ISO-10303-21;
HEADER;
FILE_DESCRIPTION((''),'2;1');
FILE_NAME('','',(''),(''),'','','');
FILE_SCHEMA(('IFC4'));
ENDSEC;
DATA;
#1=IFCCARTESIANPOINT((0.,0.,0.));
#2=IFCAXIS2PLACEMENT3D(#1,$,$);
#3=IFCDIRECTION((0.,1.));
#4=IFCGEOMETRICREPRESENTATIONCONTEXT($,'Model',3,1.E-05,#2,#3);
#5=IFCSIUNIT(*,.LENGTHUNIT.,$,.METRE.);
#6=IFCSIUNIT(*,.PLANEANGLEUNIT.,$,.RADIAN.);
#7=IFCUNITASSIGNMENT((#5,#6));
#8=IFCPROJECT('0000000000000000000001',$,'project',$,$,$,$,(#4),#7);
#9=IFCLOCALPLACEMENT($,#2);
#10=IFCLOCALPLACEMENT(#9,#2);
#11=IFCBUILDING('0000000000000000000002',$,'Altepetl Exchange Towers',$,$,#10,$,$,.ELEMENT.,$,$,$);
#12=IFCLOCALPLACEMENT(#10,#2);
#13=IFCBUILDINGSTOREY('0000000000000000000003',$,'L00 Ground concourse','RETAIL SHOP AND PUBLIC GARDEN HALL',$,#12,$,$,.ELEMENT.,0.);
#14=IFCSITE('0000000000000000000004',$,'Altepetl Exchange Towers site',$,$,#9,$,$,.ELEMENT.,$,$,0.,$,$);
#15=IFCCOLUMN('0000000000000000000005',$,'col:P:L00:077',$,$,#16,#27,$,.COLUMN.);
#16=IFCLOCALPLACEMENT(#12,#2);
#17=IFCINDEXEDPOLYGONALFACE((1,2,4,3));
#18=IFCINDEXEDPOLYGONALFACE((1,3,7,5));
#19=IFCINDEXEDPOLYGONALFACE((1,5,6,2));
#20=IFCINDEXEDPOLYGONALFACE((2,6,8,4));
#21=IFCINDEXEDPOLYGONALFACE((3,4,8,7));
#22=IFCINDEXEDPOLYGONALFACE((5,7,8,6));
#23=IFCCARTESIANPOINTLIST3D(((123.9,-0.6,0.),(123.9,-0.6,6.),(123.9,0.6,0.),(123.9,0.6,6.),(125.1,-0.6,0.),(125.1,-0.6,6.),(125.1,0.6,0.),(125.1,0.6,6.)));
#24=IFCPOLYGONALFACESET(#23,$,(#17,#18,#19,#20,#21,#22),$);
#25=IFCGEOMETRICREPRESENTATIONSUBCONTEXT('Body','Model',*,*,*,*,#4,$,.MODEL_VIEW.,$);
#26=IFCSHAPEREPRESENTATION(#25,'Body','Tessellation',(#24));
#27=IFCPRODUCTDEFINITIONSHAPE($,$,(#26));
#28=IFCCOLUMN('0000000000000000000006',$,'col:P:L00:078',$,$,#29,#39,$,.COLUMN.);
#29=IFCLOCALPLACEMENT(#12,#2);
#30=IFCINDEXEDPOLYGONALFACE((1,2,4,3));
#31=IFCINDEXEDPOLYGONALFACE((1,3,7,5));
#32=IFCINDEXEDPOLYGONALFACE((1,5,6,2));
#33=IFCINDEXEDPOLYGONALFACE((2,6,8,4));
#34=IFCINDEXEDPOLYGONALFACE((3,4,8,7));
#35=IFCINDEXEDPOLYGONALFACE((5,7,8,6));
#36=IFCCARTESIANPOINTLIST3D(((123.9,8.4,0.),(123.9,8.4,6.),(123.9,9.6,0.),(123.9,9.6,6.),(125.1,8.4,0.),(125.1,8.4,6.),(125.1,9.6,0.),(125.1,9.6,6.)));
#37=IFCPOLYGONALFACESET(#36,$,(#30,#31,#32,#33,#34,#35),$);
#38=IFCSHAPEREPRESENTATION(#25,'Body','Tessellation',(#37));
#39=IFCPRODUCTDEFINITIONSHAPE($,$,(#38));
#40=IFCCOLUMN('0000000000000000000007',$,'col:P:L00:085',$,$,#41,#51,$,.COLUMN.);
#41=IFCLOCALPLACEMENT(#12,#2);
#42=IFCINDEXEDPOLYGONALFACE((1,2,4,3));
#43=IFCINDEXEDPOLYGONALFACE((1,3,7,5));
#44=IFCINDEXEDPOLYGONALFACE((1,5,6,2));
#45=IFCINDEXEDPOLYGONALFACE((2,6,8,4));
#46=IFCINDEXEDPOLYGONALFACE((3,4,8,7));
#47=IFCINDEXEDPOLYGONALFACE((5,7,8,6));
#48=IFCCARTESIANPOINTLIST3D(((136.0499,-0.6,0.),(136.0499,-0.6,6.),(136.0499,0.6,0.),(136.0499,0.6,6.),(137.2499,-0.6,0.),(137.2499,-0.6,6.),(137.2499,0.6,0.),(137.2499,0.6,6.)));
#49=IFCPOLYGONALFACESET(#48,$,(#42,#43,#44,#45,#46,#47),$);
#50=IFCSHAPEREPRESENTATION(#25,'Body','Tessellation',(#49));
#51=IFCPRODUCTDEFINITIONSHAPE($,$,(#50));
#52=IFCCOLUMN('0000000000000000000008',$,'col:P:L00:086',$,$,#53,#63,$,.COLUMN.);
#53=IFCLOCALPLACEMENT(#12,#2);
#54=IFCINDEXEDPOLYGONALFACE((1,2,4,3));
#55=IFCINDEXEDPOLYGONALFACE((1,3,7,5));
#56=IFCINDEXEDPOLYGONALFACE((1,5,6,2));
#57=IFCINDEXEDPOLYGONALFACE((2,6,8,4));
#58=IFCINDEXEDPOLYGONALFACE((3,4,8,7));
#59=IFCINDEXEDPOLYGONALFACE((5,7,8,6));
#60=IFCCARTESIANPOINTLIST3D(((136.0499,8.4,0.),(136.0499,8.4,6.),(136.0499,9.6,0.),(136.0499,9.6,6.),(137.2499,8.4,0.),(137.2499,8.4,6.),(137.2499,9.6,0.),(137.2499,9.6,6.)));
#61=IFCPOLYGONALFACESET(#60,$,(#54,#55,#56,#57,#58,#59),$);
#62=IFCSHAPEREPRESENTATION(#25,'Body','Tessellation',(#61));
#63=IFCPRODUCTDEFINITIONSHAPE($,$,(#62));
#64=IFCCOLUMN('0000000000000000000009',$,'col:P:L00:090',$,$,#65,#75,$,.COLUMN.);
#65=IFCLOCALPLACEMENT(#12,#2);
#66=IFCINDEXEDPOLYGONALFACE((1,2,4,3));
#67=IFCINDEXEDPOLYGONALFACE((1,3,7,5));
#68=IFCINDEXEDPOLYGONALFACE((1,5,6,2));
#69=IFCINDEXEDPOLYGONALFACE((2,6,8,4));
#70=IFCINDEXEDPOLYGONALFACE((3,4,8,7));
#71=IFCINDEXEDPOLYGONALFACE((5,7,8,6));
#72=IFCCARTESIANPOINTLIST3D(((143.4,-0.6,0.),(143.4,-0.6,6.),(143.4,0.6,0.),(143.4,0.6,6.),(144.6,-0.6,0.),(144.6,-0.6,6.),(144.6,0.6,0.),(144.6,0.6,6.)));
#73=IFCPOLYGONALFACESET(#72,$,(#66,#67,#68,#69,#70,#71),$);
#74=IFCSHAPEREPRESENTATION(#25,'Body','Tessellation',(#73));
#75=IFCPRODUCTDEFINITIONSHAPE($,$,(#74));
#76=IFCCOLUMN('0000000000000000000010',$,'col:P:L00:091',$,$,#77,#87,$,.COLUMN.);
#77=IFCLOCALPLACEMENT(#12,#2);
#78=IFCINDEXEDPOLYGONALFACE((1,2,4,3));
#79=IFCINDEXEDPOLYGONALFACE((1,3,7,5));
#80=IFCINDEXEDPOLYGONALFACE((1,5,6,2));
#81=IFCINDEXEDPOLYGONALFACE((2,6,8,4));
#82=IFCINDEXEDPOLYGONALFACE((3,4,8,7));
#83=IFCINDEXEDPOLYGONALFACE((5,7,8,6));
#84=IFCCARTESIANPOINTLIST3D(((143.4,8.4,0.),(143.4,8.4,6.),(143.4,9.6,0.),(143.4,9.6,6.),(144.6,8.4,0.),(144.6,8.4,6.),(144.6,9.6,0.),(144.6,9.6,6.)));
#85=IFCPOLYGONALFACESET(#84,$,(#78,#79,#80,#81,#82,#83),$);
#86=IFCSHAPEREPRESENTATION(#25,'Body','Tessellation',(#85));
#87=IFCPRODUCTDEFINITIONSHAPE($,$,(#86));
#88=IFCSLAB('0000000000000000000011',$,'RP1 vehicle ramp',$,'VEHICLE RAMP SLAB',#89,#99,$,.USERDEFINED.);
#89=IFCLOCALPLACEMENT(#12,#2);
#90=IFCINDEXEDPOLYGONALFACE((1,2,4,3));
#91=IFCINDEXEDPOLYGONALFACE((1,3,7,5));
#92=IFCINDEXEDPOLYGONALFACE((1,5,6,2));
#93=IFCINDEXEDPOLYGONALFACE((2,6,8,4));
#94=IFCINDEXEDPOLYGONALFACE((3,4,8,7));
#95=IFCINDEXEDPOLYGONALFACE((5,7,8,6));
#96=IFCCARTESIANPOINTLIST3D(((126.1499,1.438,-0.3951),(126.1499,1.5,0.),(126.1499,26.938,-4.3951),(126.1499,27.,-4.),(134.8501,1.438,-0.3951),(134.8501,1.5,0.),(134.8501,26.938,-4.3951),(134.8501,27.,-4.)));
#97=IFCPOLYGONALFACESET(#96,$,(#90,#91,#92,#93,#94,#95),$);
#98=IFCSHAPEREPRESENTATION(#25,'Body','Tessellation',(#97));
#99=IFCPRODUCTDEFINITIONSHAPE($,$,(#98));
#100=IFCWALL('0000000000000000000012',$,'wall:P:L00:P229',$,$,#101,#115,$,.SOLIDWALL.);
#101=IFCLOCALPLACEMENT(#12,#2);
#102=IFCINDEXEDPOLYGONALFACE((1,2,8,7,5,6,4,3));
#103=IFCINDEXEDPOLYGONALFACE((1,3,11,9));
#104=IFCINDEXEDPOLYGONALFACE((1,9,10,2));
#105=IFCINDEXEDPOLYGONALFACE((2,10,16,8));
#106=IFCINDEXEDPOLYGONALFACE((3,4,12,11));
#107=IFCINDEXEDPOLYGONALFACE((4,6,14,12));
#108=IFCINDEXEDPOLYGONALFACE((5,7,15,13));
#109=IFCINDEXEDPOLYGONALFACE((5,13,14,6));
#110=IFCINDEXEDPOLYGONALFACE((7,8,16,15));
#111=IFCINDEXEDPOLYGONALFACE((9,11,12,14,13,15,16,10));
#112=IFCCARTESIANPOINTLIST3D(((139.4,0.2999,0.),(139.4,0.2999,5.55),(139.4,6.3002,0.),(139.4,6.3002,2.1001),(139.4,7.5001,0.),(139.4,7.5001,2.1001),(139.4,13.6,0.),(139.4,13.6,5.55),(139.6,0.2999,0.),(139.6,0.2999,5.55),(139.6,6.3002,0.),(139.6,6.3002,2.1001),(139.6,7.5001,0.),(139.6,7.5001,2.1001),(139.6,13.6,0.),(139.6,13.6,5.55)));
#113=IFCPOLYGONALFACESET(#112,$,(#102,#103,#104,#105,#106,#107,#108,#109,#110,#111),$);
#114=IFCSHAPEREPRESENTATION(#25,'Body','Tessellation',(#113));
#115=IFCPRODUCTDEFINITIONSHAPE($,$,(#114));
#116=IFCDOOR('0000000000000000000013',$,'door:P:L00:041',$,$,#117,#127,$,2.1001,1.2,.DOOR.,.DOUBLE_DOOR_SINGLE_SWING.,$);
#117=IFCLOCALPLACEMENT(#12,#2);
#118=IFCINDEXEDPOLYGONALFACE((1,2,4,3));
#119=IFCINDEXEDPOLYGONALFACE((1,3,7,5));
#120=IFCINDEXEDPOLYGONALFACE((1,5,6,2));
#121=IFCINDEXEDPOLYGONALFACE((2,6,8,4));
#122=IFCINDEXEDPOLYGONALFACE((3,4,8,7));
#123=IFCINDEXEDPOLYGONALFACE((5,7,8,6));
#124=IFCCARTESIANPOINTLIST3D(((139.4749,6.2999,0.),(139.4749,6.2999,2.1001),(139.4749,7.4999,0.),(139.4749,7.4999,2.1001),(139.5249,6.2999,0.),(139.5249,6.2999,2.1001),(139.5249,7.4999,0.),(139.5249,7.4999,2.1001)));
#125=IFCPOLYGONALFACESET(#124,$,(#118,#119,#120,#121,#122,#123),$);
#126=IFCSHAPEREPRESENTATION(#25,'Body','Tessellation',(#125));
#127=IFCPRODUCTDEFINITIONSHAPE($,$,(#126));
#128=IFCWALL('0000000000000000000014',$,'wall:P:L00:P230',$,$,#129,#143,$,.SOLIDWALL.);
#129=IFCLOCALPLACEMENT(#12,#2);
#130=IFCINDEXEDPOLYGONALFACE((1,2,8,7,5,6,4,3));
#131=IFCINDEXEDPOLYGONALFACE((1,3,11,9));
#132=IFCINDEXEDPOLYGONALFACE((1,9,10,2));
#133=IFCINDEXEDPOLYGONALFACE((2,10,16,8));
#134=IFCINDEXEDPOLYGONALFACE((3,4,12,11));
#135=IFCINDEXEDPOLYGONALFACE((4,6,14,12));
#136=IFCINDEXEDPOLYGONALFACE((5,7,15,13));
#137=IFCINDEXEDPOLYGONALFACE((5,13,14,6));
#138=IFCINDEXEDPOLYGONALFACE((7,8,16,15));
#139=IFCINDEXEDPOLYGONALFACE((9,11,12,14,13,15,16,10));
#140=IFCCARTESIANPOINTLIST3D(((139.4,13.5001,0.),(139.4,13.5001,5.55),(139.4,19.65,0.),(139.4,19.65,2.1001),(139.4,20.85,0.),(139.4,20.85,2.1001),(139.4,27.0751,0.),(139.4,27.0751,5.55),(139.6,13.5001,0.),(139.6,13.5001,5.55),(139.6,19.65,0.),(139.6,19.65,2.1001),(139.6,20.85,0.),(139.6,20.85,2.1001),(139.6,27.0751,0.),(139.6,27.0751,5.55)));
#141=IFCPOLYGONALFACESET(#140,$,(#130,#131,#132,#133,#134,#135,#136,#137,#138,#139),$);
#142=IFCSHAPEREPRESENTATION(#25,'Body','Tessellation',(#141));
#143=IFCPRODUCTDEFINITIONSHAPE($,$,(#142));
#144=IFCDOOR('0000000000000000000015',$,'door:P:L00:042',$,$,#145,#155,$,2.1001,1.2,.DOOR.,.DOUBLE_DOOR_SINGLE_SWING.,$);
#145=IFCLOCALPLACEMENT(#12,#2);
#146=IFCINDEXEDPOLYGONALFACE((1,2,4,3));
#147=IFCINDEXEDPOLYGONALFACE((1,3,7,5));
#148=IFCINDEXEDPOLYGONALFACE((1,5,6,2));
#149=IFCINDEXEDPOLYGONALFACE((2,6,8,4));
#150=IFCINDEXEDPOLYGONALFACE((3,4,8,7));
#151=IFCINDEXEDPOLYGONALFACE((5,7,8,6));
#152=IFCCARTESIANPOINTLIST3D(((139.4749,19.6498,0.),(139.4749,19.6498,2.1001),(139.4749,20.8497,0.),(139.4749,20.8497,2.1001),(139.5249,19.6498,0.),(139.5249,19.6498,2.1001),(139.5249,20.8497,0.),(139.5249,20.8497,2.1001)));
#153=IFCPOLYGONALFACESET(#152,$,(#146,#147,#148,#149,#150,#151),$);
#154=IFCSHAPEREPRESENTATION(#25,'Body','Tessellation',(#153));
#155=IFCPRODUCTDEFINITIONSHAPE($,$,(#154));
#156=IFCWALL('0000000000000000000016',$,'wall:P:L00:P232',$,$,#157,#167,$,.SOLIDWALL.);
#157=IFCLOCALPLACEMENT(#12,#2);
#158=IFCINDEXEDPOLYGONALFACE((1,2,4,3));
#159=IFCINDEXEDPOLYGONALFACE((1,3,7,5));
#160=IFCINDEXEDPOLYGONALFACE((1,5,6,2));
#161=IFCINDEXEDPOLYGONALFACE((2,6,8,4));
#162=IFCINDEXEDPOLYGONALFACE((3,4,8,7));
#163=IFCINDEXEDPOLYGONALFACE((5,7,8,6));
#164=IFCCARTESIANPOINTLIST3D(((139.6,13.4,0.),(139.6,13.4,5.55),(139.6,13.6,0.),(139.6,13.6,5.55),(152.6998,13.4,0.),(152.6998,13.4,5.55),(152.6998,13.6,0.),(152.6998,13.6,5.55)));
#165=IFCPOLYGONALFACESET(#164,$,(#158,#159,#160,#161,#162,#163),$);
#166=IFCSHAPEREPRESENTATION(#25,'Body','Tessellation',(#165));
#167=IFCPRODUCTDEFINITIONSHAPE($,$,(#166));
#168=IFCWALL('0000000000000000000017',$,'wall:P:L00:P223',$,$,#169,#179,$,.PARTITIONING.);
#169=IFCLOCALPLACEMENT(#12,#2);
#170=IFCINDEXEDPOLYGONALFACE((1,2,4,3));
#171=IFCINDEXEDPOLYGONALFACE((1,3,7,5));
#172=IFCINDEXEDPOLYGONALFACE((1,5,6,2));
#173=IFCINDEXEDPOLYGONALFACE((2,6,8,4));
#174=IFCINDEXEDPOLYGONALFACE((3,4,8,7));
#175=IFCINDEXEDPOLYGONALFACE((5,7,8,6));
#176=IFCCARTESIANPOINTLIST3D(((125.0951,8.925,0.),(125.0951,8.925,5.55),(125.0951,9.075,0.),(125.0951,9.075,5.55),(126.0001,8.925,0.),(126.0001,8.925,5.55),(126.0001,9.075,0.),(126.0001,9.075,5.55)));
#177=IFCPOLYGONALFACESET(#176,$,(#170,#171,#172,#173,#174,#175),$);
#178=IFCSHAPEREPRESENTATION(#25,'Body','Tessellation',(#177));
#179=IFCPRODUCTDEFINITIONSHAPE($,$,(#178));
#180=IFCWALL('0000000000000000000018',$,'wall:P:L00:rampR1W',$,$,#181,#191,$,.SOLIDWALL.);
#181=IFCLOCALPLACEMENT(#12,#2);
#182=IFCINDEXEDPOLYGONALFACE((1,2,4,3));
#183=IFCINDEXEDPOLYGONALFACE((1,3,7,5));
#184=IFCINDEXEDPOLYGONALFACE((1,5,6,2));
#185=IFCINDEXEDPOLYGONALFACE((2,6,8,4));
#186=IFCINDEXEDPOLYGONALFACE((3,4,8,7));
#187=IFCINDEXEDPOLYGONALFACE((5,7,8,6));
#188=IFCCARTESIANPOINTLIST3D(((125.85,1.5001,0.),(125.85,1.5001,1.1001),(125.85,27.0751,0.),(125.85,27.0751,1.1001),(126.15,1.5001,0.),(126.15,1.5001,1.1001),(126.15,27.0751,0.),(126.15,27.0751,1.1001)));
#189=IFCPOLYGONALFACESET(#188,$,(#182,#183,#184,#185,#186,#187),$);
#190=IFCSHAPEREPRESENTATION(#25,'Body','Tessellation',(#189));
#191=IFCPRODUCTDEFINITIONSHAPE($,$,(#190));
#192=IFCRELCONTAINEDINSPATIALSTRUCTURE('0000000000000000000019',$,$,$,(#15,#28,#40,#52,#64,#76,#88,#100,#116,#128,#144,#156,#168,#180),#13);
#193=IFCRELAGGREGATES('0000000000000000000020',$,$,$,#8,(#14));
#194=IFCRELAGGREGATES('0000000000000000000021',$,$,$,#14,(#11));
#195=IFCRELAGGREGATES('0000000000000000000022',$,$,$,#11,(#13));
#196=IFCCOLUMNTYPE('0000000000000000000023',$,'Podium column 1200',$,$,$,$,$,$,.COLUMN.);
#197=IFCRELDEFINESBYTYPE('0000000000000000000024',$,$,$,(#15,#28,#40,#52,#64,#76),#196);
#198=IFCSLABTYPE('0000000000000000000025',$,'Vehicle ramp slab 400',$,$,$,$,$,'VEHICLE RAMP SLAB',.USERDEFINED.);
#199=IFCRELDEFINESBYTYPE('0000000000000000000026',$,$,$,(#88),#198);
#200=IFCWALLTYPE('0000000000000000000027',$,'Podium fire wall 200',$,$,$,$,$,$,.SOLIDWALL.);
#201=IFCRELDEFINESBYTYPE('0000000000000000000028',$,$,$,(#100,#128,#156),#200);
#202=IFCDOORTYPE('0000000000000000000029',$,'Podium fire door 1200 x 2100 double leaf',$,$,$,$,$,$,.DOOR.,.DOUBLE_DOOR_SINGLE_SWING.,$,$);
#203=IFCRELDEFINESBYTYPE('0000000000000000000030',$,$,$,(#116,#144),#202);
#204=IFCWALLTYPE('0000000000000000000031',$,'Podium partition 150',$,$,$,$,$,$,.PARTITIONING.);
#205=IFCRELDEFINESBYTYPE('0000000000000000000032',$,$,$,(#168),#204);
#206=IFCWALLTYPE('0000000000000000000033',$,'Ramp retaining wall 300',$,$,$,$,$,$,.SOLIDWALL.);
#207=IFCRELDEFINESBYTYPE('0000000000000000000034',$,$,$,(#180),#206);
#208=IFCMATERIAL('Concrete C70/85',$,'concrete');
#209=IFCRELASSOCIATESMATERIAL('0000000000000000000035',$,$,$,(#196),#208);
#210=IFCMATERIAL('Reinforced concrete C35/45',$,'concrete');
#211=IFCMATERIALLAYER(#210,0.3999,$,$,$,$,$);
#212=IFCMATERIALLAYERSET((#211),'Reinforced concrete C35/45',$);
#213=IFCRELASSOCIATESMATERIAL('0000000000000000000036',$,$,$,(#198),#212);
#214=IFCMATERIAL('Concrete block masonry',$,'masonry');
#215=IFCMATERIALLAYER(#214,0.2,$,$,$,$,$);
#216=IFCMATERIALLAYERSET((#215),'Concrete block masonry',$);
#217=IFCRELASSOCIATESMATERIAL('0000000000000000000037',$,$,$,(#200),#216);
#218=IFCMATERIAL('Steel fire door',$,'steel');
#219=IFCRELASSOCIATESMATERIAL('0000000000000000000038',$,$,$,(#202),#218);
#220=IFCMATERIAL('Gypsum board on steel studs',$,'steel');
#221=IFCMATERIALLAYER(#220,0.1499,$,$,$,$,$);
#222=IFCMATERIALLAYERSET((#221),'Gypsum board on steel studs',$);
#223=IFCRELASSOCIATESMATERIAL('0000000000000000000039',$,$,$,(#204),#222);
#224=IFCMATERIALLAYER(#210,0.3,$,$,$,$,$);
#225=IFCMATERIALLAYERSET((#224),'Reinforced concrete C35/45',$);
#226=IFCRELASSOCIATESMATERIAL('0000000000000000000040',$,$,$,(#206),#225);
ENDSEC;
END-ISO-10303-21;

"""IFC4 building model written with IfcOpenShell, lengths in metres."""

from ifc_helpers import new_model, si_unit, direction, frame, frame_2d, origin, origin_2d, place, context, subcontext, project, spatial, polyline, rectangle, outline, extrude, material, layer, layer_set, material_profile, profile_set, type_object, element, fill, save


model = new_model("IFC4")

# Units and contexts
model_context = context("Model", 3, precision=1e-05, world=origin(), true_north=direction((0.0, 1.0)))
body_context = subcontext(model_context, "Body", "Model", "MODEL_VIEW")
ifc_project = project(units=[si_unit("LENGTHUNIT", "METRE"), si_unit("PLANEANGLEUNIT", "RADIAN")], contexts=[model_context])

# Site, building, storey
site_placement = place(None, origin())
site = spatial("IfcSite", under=ifc_project, at=site_placement, Name="Altepetl Exchange Towers site", CompositionType="ELEMENT", RefElevation=0.0)
building_placement = place(site_placement, origin())
building = spatial("IfcBuilding", under=site, at=building_placement, Name="Altepetl Exchange Towers", CompositionType="ELEMENT")
storey_placement = place(building_placement, origin())
storey = spatial("IfcBuildingStorey", under=building, at=storey_placement, Name="L00 Ground concourse", Description="RETAIL SHOP AND PUBLIC GARDEN HALL", CompositionType="ELEMENT", Elevation=0.0)

# Columns
ifc_material_1 = material(Name="Concrete C70/85", Category="concrete")
ifc_material_profile = material_profile(ifc_material_1, rectangle(XDim=1.2, YDim=1.2, at=origin_2d()), Name="1200 x 1200")
ifc_profile_set = profile_set([ifc_material_profile], Name="Concrete C70/85")
column_type = type_object("IfcColumnType", Name="Podium column 1200", PredefinedType="COLUMN", material=ifc_profile_set)
for number, where, name in (
    (1, (124.5, 0.0, 0.0), "col:P:L00:077"),
    (2, (124.5, 9.0, 0.0), "col:P:L00:078"),
    (3, (136.6499, 0.0, 0.0), "col:P:L00:085"),
    (4, (136.6499, 9.0, 0.0), "col:P:L00:086"),
    (5, (144.0, 0.0, 0.0), "col:P:L00:090"),
    (6, (144.0, 9.0, 0.0), "col:P:L00:091"),
):
    element("IfcColumn", number, at=place(storey_placement, frame(where)), inside=storey, type_object=column_type, Name=name, PredefinedType="COLUMN", context=body_context, shape_type="SweptSolid", body=[
        extrude(rectangle(XDim=1.2, YDim=1.2, at=origin_2d()), origin(), (0.0, 0.0, 1.0), 6.0),
    ])

# Slab
ifc_material_2 = material(Name="Reinforced concrete C35/45", Category="concrete")
ifc_layer_1 = layer(ifc_material_2, 0.3999)
ifc_layer_set_1 = layer_set([ifc_layer_1], Name="Reinforced concrete C35/45")
slab_type = type_object("IfcSlabType", Name="Vehicle ramp slab 400", ElementType="VEHICLE RAMP SLAB", PredefinedType="USERDEFINED", material=ifc_layer_set_1)
slab_placement = place(storey_placement, frame((126.1499, 1.5, 0.0), z_axis=(0.0, 0.154968, 0.98792), x_axis=(1.0, 0.0, 0.0)))
element("IfcSlab", 7, at=slab_placement, inside=storey, type_object=slab_type, Name="RP1 vehicle ramp", ObjectType="VEHICLE RAMP SLAB", PredefinedType="USERDEFINED", context=body_context, shape_type="SweptSolid", body=[
    extrude(outline(polyline([(0.0, 0.0), (8.7002, 0.0), (8.7002, 25.8118), (0.0, 25.8118), (0.0, 0.0)])), origin(), (0.0, 0.0, -1.0), 0.3999),
])

# Walls, openings, doors
ifc_material_3 = material(Name="Concrete block masonry", Category="masonry")
ifc_layer_2 = layer(ifc_material_3, 0.2)
ifc_layer_set_2 = layer_set([ifc_layer_2], Name="Concrete block masonry")
wall_type_1 = type_object("IfcWallType", Name="Podium fire wall 200", PredefinedType="SOLIDWALL", material=ifc_layer_set_2)
wall_1_placement = place(storey_placement, frame((139.5, 0.3, 0.0), z_axis=(0.0, 0.0, 1.0), x_axis=(0.0, 1.0, 0.0)))
wall_1 = element("IfcWall", 8, at=wall_1_placement, inside=storey, type_object=wall_type_1, Name="wall:P:L00:P229", PredefinedType="SOLIDWALL", context=body_context, shape_type="SweptSolid", body=[
    extrude(rectangle(XDim=13.3, YDim=0.2, at=frame_2d((6.6499, 0.0))), origin(), (0.0, 0.0, 1.0), 5.55),
])
opening_1_placement = place(wall_1_placement, frame((6.0, 0.0, 0.0)))
opening_1 = element("IfcOpeningElement", 9, at=opening_1_placement, cuts=wall_1, PredefinedType="OPENING", context=body_context, shape_type="SweptSolid", body=[
    extrude(rectangle(XDim=1.2, YDim=2.1001, at=frame_2d((0.6001, 1.05))), frame((0.0, 0.1099, 0.0), z_axis=(0.0, -1.0, 0.0), x_axis=(1.0, 0.0, 0.0)), (0.0, 0.0, 1.0), 0.22),
])
ifc_material_4 = material(Name="Steel fire door", Category="steel")
door_type_1 = type_object("IfcDoorType", Name="Podium fire door 1200 x 2100 double leaf", OperationType="DOUBLE_DOOR_SINGLE_SWING", PredefinedType="DOOR", material=ifc_material_4)
door_1_placement = place(opening_1_placement, frame((1.2, 0.0, 0.0), x_axis=(-1.0, 0.0, 0.0)))
door_1 = element("IfcDoor", 10, at=door_1_placement, inside=storey, type_object=door_type_1, Name="door:P:L00:041", OperationType="DOUBLE_DOOR_SINGLE_SWING", OverallHeight=2.1001, OverallWidth=1.2, PredefinedType="DOOR", context=body_context, shape_type="SweptSolid", body=[
    extrude(rectangle(XDim=1.2, YDim=2.1001, at=frame_2d((0.6001, 1.05))), frame((0.0, 0.0249, 0.0), z_axis=(0.0, -1.0, 0.0), x_axis=(1.0, 0.0, 0.0)), (0.0, 0.0, 1.0), 0.05),
])
fill(opening_1, door_1)
wall_2_placement = place(storey_placement, frame((139.5, 13.5, 0.0), z_axis=(0.0, 0.0, 1.0), x_axis=(0.0, 1.0, 0.0)))
wall_2 = element("IfcWall", 11, at=wall_2_placement, inside=storey, type_object=wall_type_1, Name="wall:P:L00:P230", PredefinedType="SOLIDWALL", context=body_context, shape_type="SweptSolid", body=[
    extrude(rectangle(XDim=13.575, YDim=0.2, at=frame_2d((6.7876, 0.0))), origin(), (0.0, 0.0, 1.0), 5.55),
])
opening_2_placement = place(wall_2_placement, frame((6.1499, 0.0, 0.0)))
opening_2 = element("IfcOpeningElement", 12, at=opening_2_placement, cuts=wall_2, PredefinedType="OPENING", context=body_context, shape_type="SweptSolid", body=[
    extrude(rectangle(XDim=1.2, YDim=2.1001, at=frame_2d((0.6001, 1.05))), frame((0.0, 0.1099, 0.0), z_axis=(0.0, -1.0, 0.0), x_axis=(1.0, 0.0, 0.0)), (0.0, 0.0, 1.0), 0.22),
])
door_2_placement = place(opening_2_placement, frame((1.2, 0.0, 0.0), x_axis=(-1.0, 0.0, 0.0)))
door_2 = element("IfcDoor", 13, at=door_2_placement, inside=storey, type_object=door_type_1, Name="door:P:L00:042", OperationType="DOUBLE_DOOR_SINGLE_SWING", OverallHeight=2.1001, OverallWidth=1.2, PredefinedType="DOOR", context=body_context, shape_type="SweptSolid", body=[
    extrude(rectangle(XDim=1.2, YDim=2.1001, at=frame_2d((0.6001, 1.05))), frame((0.0, 0.0249, 0.0), z_axis=(0.0, -1.0, 0.0), x_axis=(1.0, 0.0, 0.0)), (0.0, 0.0, 1.0), 0.05),
])
fill(opening_2, door_2)

# Walls
wall_3_placement = place(storey_placement, frame((139.6001, 13.5, 0.0)))
element("IfcWall", 14, at=wall_3_placement, inside=storey, type_object=wall_type_1, Name="wall:P:L00:P232", PredefinedType="SOLIDWALL", context=body_context, shape_type="SweptSolid", body=[
    extrude(rectangle(XDim=13.0999, YDim=0.2, at=frame_2d((6.5498, 0.0))), origin(), (0.0, 0.0, 1.0), 5.55),
])
ifc_material_5 = material(Name="Gypsum board on steel studs", Category="steel")
ifc_layer_3 = layer(ifc_material_5, 0.1499)
ifc_layer_set_3 = layer_set([ifc_layer_3], Name="Gypsum board on steel studs")
wall_type_2 = type_object("IfcWallType", Name="Podium partition 150", PredefinedType="PARTITIONING", material=ifc_layer_set_3)
wall_4_placement = place(storey_placement, frame((125.095, 9.0, 0.0)))
element("IfcWall", 15, at=wall_4_placement, inside=storey, type_object=wall_type_2, Name="wall:P:L00:P223", PredefinedType="PARTITIONING", context=body_context, shape_type="SweptSolid", body=[
    extrude(rectangle(XDim=0.905, YDim=0.1499, at=frame_2d((0.4526, 0.0))), origin(), (0.0, 0.0, 1.0), 5.55),
])
ifc_layer_4 = layer(ifc_material_2, 0.3)
ifc_layer_set_4 = layer_set([ifc_layer_4], Name="Reinforced concrete C35/45")
wall_type_3 = type_object("IfcWallType", Name="Ramp retaining wall 300", PredefinedType="SOLIDWALL", material=ifc_layer_set_4)
for number, where, z_axis, x_axis, name in (
    (16, (126.0, 1.5, 0.0), (0.0, 0.0, 1.0), (0.0, 1.0, 0.0), "wall:P:L00:rampR1W"),
):
    element("IfcWall", number, at=place(storey_placement, frame(where, z_axis=z_axis, x_axis=x_axis)), inside=storey, type_object=wall_type_3, Name=name, PredefinedType="SOLIDWALL", context=body_context, shape_type="SweptSolid", body=[
        extrude(rectangle(XDim=25.575, YDim=0.3, at=frame_2d((12.7876, 0.0))), origin(), (0.0, 0.0, 1.0), 1.1001),
    ])

save(model, "model.ifc")
